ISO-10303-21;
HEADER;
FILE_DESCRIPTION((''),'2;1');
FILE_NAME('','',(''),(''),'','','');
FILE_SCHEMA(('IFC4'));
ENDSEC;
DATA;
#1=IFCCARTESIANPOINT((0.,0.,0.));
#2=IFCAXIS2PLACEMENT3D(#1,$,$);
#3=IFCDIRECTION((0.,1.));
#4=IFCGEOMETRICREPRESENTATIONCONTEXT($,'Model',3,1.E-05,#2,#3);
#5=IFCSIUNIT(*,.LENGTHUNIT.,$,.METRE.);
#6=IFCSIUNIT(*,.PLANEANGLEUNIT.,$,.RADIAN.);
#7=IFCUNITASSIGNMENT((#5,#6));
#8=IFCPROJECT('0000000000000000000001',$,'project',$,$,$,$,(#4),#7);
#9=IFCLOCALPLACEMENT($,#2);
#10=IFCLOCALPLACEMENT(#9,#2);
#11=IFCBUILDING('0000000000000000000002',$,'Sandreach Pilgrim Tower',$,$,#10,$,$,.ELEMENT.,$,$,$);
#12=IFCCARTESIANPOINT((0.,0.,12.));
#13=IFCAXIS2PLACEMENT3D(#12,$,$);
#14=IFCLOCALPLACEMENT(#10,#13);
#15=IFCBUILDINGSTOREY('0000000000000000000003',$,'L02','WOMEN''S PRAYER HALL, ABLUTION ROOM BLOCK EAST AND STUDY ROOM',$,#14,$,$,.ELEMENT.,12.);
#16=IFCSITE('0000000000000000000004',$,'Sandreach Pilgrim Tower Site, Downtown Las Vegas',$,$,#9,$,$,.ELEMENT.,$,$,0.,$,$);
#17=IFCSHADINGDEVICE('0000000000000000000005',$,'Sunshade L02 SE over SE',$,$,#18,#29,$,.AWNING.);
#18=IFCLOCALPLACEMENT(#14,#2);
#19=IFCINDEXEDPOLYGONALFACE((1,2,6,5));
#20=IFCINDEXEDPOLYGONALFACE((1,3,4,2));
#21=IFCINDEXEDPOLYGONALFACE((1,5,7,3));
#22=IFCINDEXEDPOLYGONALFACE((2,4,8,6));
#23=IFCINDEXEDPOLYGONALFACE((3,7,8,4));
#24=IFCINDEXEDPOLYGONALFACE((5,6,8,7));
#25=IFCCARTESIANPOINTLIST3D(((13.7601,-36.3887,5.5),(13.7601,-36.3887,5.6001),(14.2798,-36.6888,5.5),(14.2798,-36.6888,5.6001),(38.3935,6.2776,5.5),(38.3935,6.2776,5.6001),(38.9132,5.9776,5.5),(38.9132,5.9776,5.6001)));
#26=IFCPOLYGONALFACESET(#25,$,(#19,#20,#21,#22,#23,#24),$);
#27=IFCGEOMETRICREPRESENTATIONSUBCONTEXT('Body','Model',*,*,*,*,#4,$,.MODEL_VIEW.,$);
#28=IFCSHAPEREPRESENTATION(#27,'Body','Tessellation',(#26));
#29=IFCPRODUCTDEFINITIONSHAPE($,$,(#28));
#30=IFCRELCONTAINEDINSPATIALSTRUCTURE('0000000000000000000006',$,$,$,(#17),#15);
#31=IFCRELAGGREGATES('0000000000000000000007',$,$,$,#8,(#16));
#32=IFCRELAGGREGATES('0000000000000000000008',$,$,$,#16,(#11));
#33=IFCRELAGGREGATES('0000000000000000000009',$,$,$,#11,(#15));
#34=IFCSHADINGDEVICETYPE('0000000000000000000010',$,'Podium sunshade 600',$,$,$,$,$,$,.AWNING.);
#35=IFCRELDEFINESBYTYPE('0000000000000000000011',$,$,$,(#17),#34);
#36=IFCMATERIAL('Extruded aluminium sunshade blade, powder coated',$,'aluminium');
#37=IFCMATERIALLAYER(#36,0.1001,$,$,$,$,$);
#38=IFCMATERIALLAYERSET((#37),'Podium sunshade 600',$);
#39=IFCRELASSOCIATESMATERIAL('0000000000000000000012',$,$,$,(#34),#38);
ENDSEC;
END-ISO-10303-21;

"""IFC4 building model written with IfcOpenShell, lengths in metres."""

from ifc_helpers import new_model, si_unit, direction, frame, origin, origin_2d, place, context, subcontext, project, spatial, rectangle, extrude, material, layer, layer_set, type_object, element, save


model = new_model("IFC4")

# Units and contexts
model_context = context("Model", 3, precision=1e-05, world=origin(), true_north=direction((0.0, 1.0)))
body_context = subcontext(model_context, "Body", "Model", "MODEL_VIEW")
ifc_project = project(units=[si_unit("LENGTHUNIT", "METRE"), si_unit("PLANEANGLEUNIT", "RADIAN")], contexts=[model_context])

# Site, building, storey
site_placement = place(None, origin())
site = spatial("IfcSite", under=ifc_project, at=site_placement, Name="Sandreach Pilgrim Tower Site, Downtown Las Vegas", CompositionType="ELEMENT", RefElevation=0.0)
building_placement = place(site_placement, origin())
building = spatial("IfcBuilding", under=site, at=building_placement, Name="Sandreach Pilgrim Tower", CompositionType="ELEMENT")
storey_placement = place(building_placement, frame((0.0, 0.0, 12.0)))
storey = spatial("IfcBuildingStorey", under=building, at=storey_placement, Name="L02", Description="WOMEN'S PRAYER HALL, ABLUTION ROOM BLOCK EAST AND STUDY ROOM", CompositionType="ELEMENT", Elevation=12.0)

# Shading device
ifc_material_1 = material(Name="Extruded aluminium sunshade blade, powder coated", Category="aluminium")
ifc_layer_1 = layer(ifc_material_1, 0.1001)
ifc_layer_set_1 = layer_set([ifc_layer_1], Name="Podium sunshade 600")
shading_device_type = type_object("IfcShadingDeviceType", Name="Podium sunshade 600", PredefinedType="AWNING", material=ifc_layer_set_1)
shading_device_placement = place(storey_placement, frame((26.3367, -15.2056, 5.5), z_axis=(0.0, 0.0, 1.0), x_axis=(-0.5, -0.866025, 0.0)))
element("IfcShadingDevice", 1, at=shading_device_placement, inside=storey, type_object=shading_device_type, Name="Sunshade L02 SE over SE", PredefinedType="AWNING", context=body_context, shape_type="SweptSolid", body=[
    extrude(rectangle(XDim=49.2668, YDim=0.6001, at=origin_2d()), origin(), (0.0, 0.0, 1.0), 0.1001),
])

save(model, "model.ifc")
